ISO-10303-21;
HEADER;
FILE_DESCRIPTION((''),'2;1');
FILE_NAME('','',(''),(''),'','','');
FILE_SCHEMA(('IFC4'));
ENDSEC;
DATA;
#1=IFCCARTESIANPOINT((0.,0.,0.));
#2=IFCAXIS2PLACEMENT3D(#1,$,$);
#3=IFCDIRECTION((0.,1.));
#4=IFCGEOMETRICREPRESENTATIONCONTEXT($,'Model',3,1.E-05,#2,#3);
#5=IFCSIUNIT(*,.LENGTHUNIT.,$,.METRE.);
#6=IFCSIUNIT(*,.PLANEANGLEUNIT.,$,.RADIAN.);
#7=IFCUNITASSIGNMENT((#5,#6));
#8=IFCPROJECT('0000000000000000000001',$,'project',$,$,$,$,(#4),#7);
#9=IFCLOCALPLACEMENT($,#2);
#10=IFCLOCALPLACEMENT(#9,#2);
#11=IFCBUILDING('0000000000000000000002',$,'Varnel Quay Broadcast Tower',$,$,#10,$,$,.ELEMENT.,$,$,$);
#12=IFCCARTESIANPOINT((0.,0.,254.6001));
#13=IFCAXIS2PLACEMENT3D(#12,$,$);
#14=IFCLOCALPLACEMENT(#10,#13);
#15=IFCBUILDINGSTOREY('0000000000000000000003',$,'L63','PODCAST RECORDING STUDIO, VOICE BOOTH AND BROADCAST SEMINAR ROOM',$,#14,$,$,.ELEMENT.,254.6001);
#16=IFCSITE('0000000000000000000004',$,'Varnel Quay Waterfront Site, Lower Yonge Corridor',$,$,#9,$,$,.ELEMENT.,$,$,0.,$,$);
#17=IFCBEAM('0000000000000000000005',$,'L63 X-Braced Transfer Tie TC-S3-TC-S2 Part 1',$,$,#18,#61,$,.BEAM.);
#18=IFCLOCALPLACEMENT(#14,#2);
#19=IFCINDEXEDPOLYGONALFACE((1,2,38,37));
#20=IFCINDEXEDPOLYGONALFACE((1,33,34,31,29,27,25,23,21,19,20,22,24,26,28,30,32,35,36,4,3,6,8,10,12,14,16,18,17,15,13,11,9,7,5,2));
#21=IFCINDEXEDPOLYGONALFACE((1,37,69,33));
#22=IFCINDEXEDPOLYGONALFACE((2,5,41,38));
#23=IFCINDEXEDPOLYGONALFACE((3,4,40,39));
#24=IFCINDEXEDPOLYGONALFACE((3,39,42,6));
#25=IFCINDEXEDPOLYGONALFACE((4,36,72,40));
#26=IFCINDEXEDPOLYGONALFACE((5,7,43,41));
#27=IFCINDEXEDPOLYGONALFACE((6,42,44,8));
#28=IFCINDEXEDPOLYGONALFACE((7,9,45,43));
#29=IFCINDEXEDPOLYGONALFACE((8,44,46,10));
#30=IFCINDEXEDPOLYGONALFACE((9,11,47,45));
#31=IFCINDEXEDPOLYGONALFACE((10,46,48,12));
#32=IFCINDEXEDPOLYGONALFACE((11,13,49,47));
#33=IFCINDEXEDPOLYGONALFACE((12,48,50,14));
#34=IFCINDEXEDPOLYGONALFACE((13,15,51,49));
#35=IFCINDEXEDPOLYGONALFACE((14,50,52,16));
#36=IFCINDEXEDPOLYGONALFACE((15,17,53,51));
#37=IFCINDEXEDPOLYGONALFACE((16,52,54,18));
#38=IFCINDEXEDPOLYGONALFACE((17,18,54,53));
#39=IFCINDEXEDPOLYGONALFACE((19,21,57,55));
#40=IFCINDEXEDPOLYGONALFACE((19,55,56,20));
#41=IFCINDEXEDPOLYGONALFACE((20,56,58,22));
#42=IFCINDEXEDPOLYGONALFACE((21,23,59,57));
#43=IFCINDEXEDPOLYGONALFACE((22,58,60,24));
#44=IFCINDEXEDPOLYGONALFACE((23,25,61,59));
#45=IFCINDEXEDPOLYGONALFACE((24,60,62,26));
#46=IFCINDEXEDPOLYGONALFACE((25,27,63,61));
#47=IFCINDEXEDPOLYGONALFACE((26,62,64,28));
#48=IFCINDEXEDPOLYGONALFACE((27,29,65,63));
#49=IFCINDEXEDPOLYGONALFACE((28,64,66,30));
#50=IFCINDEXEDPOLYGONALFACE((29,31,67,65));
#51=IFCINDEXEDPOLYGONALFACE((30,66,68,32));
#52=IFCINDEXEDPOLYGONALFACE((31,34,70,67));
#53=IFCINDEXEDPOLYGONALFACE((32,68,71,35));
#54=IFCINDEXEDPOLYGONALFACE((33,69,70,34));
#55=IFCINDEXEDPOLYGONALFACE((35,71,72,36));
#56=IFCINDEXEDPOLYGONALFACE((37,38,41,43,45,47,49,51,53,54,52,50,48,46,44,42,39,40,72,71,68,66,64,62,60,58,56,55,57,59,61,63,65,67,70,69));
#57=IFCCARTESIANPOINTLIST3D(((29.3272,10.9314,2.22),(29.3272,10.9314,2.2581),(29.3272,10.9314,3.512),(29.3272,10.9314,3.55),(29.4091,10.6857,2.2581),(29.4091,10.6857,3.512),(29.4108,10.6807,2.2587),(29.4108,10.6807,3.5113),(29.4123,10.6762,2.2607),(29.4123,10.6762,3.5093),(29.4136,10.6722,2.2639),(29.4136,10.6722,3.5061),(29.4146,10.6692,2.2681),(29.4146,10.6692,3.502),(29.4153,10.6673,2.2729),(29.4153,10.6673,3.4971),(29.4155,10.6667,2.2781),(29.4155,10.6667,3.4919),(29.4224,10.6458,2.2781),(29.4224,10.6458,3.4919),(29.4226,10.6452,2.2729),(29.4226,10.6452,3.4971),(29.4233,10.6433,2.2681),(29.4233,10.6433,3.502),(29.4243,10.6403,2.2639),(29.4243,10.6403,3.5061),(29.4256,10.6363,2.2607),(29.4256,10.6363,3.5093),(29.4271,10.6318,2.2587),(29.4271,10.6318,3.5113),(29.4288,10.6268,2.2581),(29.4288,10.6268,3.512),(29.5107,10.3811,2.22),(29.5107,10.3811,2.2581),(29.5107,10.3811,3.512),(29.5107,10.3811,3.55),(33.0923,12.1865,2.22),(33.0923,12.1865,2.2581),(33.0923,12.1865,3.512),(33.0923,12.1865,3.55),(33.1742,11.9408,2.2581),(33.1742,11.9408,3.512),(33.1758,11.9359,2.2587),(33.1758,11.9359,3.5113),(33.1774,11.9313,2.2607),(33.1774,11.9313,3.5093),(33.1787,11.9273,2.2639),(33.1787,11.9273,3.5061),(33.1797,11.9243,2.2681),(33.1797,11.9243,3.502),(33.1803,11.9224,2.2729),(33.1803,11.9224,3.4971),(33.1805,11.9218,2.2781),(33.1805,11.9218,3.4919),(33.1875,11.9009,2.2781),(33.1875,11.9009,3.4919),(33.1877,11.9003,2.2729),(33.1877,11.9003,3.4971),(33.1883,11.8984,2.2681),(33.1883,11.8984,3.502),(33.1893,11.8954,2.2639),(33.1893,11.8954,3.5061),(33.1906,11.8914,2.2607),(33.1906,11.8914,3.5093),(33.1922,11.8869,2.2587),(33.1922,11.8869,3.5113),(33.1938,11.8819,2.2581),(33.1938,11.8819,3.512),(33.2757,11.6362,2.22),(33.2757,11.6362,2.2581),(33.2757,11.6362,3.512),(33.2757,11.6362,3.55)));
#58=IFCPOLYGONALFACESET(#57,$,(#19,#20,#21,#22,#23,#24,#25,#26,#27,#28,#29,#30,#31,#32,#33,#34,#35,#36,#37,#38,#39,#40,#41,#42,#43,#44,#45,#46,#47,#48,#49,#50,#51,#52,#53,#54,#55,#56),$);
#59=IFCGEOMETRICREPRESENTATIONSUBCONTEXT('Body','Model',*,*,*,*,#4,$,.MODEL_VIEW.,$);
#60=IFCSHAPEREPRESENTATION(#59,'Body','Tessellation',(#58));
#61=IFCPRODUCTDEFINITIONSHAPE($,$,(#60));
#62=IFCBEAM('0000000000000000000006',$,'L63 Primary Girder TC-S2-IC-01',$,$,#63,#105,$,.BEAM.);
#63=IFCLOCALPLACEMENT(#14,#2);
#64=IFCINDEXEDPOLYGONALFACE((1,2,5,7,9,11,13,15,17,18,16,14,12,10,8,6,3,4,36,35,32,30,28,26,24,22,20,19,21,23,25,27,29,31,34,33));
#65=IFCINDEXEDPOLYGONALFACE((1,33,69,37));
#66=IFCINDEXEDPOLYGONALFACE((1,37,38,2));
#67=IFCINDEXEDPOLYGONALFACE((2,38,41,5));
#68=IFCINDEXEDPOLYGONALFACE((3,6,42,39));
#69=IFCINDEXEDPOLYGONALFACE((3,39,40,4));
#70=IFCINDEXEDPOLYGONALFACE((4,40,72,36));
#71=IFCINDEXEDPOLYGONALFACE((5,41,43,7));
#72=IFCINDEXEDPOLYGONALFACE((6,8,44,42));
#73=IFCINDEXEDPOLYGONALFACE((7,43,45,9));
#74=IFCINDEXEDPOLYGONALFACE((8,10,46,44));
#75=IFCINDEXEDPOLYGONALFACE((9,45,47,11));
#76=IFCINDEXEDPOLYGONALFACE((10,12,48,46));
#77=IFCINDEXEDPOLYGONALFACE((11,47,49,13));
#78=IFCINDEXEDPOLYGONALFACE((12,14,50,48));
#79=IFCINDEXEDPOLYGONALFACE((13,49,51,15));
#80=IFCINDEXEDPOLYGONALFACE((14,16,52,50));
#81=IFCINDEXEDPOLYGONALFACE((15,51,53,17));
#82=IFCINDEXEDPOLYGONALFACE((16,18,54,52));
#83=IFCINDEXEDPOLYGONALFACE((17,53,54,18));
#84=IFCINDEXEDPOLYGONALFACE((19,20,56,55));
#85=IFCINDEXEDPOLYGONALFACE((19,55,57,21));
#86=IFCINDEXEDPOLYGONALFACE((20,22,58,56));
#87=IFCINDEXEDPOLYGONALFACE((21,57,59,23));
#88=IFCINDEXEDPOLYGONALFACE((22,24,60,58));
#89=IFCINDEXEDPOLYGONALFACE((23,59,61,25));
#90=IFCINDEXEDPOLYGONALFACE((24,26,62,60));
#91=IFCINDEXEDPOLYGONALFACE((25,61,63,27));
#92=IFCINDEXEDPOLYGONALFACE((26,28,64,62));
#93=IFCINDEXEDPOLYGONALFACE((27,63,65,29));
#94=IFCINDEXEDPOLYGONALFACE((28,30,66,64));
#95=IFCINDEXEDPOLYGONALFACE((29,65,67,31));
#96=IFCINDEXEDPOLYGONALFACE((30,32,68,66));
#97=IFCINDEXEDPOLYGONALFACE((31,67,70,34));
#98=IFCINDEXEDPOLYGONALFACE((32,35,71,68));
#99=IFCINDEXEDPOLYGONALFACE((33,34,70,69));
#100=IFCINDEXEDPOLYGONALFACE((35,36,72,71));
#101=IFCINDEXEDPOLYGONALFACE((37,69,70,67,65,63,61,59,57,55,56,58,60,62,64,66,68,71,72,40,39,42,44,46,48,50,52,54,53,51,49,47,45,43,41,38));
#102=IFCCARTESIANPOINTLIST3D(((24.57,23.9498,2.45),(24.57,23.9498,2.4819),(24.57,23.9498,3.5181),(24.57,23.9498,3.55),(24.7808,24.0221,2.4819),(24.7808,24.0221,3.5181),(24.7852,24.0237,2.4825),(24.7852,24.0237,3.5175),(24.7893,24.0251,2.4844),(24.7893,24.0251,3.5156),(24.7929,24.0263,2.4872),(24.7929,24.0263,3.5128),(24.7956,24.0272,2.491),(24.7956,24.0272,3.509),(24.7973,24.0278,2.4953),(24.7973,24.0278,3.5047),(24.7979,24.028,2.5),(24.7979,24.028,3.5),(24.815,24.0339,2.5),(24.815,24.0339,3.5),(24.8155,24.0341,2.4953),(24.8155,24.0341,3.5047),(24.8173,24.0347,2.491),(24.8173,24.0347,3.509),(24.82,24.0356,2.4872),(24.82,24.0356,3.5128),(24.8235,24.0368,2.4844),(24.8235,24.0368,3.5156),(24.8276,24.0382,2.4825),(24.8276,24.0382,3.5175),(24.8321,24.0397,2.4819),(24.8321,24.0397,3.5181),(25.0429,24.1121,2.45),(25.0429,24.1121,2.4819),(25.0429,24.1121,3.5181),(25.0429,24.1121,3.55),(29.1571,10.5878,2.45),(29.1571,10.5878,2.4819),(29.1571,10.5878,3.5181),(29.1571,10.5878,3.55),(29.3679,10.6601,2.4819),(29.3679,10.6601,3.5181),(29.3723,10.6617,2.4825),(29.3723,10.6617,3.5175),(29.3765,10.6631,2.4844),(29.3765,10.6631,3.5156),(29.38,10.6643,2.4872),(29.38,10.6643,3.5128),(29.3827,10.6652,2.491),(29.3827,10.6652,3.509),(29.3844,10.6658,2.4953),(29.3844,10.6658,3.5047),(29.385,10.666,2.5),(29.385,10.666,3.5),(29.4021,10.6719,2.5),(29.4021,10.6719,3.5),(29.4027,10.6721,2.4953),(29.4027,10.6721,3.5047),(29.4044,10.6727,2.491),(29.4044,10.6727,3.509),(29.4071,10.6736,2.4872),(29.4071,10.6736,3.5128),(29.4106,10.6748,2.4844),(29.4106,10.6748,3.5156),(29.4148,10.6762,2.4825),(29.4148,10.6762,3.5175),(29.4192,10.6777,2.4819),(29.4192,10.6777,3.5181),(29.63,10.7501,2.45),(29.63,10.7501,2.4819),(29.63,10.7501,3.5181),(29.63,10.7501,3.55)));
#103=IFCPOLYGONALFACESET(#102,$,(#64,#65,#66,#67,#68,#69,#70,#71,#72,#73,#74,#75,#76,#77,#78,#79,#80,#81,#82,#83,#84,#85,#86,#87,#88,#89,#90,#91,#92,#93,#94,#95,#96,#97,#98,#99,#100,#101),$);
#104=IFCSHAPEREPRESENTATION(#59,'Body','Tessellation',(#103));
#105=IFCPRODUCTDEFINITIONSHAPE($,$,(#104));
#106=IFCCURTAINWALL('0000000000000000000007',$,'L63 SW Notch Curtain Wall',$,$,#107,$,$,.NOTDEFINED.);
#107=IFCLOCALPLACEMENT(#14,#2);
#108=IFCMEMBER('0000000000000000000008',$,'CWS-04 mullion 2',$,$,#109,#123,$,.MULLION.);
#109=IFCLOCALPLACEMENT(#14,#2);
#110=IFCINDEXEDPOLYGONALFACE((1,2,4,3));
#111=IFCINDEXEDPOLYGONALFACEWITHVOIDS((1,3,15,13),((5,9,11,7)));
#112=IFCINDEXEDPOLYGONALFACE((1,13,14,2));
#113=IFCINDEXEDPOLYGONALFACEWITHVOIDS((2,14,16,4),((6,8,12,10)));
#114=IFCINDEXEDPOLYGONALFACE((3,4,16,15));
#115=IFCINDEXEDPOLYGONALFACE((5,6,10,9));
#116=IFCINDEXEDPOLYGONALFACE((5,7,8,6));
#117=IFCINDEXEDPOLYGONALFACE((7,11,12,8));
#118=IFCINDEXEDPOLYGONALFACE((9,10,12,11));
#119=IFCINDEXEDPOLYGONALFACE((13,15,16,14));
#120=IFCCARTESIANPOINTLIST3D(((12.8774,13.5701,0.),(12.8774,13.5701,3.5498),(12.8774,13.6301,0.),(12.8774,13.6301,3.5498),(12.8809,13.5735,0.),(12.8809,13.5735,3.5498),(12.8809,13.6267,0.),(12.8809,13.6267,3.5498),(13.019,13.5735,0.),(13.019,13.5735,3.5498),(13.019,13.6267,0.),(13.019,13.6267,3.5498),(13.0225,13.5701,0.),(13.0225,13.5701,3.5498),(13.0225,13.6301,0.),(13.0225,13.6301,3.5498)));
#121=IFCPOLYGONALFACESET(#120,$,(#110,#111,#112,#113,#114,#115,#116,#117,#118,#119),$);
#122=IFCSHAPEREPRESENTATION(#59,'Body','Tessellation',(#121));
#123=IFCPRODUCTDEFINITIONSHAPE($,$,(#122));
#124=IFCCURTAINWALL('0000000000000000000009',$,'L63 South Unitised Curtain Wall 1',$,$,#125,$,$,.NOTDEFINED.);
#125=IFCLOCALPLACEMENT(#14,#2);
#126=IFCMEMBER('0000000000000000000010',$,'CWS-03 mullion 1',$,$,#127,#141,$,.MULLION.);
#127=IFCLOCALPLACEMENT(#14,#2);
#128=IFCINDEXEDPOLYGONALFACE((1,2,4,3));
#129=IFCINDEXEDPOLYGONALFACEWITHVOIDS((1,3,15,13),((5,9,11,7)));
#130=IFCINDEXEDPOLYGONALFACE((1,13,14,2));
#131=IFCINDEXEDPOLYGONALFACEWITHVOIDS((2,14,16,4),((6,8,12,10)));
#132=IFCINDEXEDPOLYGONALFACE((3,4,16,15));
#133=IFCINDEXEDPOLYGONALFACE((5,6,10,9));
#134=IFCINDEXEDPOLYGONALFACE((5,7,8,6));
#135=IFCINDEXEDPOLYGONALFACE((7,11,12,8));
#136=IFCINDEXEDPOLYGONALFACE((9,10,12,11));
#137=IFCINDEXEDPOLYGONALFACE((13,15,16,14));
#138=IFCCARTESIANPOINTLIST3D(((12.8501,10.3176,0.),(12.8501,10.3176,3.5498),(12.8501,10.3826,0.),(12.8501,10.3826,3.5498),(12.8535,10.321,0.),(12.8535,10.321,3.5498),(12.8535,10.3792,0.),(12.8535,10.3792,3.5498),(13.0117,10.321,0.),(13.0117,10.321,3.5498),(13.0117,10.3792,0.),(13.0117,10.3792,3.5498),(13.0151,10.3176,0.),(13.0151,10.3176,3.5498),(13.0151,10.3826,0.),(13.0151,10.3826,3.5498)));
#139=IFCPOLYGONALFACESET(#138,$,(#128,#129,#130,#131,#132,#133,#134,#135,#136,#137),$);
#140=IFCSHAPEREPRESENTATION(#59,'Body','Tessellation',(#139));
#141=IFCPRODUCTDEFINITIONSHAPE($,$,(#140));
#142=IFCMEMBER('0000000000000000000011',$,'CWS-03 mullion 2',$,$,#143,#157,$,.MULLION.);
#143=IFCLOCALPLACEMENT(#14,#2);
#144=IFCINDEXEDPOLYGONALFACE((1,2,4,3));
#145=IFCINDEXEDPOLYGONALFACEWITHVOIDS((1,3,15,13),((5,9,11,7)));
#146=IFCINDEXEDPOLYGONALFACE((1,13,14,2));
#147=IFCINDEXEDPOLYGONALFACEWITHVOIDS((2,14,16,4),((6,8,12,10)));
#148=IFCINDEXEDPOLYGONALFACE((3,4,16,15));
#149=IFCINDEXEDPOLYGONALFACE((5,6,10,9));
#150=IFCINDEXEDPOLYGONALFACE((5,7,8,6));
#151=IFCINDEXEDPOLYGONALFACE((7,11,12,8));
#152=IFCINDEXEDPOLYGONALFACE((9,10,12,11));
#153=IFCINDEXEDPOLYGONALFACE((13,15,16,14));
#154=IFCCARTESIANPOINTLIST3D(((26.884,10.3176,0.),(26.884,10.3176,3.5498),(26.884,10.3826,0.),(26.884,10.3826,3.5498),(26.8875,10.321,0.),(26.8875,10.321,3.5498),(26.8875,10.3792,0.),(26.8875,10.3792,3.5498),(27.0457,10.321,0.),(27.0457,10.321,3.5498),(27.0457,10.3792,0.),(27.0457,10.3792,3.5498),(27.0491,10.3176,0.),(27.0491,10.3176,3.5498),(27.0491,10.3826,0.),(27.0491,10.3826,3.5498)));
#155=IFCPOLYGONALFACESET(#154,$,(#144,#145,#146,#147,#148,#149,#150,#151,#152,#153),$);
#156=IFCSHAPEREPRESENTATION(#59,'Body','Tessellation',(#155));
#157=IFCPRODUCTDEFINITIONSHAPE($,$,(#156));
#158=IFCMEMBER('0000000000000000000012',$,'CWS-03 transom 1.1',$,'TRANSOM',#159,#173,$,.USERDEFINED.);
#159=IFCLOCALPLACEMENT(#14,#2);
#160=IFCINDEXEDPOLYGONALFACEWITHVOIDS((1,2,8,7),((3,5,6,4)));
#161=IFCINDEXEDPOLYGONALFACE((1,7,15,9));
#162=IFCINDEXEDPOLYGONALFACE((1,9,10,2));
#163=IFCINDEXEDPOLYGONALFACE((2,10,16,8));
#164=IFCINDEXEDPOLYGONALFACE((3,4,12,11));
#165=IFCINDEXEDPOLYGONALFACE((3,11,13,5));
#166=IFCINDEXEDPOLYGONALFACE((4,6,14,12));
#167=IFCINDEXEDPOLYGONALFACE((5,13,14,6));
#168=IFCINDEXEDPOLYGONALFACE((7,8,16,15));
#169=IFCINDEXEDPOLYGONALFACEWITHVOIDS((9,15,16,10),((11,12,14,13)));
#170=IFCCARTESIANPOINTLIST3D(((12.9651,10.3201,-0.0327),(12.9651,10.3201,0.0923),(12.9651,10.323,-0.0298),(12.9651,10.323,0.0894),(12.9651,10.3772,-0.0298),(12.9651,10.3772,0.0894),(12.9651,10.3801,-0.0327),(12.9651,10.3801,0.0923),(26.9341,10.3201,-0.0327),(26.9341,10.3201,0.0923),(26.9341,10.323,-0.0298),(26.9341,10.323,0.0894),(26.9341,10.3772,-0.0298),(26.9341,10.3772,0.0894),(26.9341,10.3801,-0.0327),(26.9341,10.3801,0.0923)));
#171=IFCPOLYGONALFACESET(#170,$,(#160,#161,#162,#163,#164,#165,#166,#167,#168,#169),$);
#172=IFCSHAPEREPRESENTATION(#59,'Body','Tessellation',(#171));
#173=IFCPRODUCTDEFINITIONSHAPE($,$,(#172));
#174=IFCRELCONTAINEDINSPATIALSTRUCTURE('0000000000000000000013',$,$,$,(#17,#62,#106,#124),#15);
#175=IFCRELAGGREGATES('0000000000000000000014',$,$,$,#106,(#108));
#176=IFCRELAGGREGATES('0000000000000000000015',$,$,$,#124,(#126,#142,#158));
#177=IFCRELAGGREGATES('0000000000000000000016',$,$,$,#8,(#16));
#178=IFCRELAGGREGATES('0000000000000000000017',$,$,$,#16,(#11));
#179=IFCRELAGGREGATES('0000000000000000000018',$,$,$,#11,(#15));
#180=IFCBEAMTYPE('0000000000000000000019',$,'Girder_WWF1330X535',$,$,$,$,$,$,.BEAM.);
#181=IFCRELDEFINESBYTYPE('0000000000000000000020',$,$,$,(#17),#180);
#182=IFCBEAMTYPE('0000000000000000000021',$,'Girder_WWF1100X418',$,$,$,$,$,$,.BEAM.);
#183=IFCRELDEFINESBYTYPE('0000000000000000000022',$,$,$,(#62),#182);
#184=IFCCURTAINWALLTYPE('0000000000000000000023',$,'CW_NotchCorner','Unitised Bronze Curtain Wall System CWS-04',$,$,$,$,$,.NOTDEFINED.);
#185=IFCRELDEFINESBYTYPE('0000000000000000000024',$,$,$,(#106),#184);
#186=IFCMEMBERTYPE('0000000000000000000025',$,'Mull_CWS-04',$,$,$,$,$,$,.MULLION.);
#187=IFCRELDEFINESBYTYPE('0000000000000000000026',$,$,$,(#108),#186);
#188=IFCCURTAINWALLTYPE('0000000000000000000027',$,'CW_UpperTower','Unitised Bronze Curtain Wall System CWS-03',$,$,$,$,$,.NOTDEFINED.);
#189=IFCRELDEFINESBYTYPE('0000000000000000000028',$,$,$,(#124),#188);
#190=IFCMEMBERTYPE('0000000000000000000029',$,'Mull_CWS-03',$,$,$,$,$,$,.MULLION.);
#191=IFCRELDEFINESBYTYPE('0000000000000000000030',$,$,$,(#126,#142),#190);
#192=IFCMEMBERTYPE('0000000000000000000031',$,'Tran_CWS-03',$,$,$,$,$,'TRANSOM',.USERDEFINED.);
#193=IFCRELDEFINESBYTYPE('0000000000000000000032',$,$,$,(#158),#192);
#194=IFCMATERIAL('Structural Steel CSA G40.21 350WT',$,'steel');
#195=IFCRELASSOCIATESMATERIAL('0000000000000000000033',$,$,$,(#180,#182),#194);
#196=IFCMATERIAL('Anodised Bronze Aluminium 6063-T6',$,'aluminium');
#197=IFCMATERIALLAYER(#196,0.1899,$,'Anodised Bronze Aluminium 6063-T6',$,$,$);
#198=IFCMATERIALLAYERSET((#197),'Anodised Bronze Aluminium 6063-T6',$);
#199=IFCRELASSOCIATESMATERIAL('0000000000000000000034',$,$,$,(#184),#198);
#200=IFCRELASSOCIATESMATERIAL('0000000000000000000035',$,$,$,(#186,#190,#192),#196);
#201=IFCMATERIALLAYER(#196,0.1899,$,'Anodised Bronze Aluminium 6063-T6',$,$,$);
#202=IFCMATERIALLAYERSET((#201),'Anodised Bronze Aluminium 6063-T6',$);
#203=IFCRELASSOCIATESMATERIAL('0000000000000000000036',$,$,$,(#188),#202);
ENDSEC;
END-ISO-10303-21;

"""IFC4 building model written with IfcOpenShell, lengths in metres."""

from ifc_helpers import new_model, si_unit, direction, frame, origin, origin_2d, place, context, subcontext, project, spatial, hollow_rectangle, i_section, extrude, source, transform, mapped, material, layer, layer_set, material_profile, profile_set, type_object, type_shapes, element, aggregate, save


model = new_model("IFC4")

# Units and contexts
model_context = context("Model", 3, precision=1e-05, world=origin(), true_north=direction((0.0, 1.0)))
body_context = subcontext(model_context, "Body", "Model", "MODEL_VIEW")
ifc_project = project(units=[si_unit("LENGTHUNIT", "METRE"), si_unit("PLANEANGLEUNIT", "RADIAN")], contexts=[model_context])

# Site, building, storey
site_placement = place(None, origin())
site = spatial("IfcSite", under=ifc_project, at=site_placement, Name="Varnel Quay Waterfront Site, Lower Yonge Corridor", CompositionType="ELEMENT", RefElevation=0.0)
building_placement = place(site_placement, origin())
building = spatial("IfcBuilding", under=site, at=building_placement, Name="Varnel Quay Broadcast Tower", CompositionType="ELEMENT")
storey_placement = place(building_placement, frame((0.0, 0.0, 254.6001)))
storey = spatial("IfcBuildingStorey", under=building, at=storey_placement, Name="L63", Description="PODCAST RECORDING STUDIO, VOICE BOOTH AND BROADCAST SEMINAR ROOM", CompositionType="ELEMENT", Elevation=254.6001)

# Shared definitions
ifc_material_1 = material(Name="Structural Steel CSA G40.21 350WT", Category="steel")

# Beams
ifc_material_profile_1 = material_profile(ifc_material_1, i_section(OverallWidth=0.5801, OverallDepth=1.3301, WebThickness=0.022, FlangeThickness=0.0381, FilletRadius=0.02, at=origin_2d()), Name="WWF1330X535")
ifc_profile_set_1 = profile_set([ifc_material_profile_1], Name="Structural Steel CSA G40.21 350WT")
beam_type_1 = type_object("IfcBeamType", Name="Girder_WWF1330X535", PredefinedType="BEAM", material=ifc_profile_set_1)
shared_shape_1 = source(origin(), body_context, "Body", "SweptSolid", [
    extrude(i_section(OverallWidth=0.5801, OverallDepth=1.3301, WebThickness=0.022, FlangeThickness=0.0381, FilletRadius=0.02, at=origin_2d()), origin(), (0.0, 0.0, 1.0), 3.9688),
])
beam_1_placement = place(storey_placement, frame((29.4189, 10.6562, 2.885), z_axis=(0.948677, 0.316246, 0.0), x_axis=(-0.316246, 0.948677, 0.0)))
element("IfcBeam", 1, at=beam_1_placement, inside=storey, type_object=beam_type_1, Name="L63 X-Braced Transfer Tie TC-S3-TC-S2 Part 1", PredefinedType="BEAM", context=body_context, shape_type="MappedRepresentation", body=[
    mapped(shared_shape_1, transform((0.0, 0.0, 0.0), x_axis=(1.0, 0.0, 0.0), y_axis=(0.0, 1.0, 0.0), z_axis=(0.0, 0.0, 1.0), scale=1.0)),
])
ifc_material_profile_2 = material_profile(ifc_material_1, i_section(OverallWidth=0.5, OverallDepth=1.1001, WebThickness=0.0181, FlangeThickness=0.032, FilletRadius=0.0181, at=origin_2d()), Name="WWF1100X418")
ifc_profile_set_2 = profile_set([ifc_material_profile_2], Name="Structural Steel CSA G40.21 350WT")
beam_type_2 = type_object("IfcBeamType", Name="Girder_WWF1100X418", PredefinedType="BEAM", material=ifc_profile_set_2)
shared_shape_2 = source(origin(), body_context, "Body", "SweptSolid", [
    extrude(i_section(OverallWidth=0.5, OverallDepth=1.1001, WebThickness=0.0181, FlangeThickness=0.032, FilletRadius=0.0181, at=origin_2d()), origin(), (0.0, 0.0, 1.0), 14.1274),
])
type_shapes(beam_type_2, [shared_shape_2])
beam_2_placement = place(storey_placement, frame((29.3936, 10.6689, 3.0), z_axis=(-0.324697, 0.945818, 0.0), x_axis=(-0.945818, -0.324697, 0.0)))
element("IfcBeam", 2, at=beam_2_placement, inside=storey, type_object=beam_type_2, Name="L63 Primary Girder TC-S2-IC-01", PredefinedType="BEAM", context=body_context, shape_type="MappedRepresentation", body=[
    mapped(shared_shape_2, transform((0.0, 0.0, 0.0), x_axis=(1.0, 0.0, 0.0), y_axis=(0.0, 1.0, 0.0), z_axis=(0.0, 0.0, 1.0), scale=1.0)),
])

# Curtain wall, member
ifc_material_2 = material(Name="Anodised Bronze Aluminium 6063-T6", Category="aluminium")
ifc_layer_1 = layer(ifc_material_2, 0.1899, Name="Anodised Bronze Aluminium 6063-T6")
ifc_layer_set_1 = layer_set([ifc_layer_1], Name="Anodised Bronze Aluminium 6063-T6")
curtain_wall_type_1 = type_object("IfcCurtainWallType", Name="CW_NotchCorner", Description="Unitised Bronze Curtain Wall System CWS-04", PredefinedType="NOTDEFINED", material=ifc_layer_set_1)
curtain_wall_1_placement = place(storey_placement, origin())
curtain_wall_1 = element("IfcCurtainWall", 3, at=curtain_wall_1_placement, inside=storey, type_object=curtain_wall_type_1, Name="L63 SW Notch Curtain Wall", PredefinedType="NOTDEFINED")
ifc_material_profile_3 = material_profile(ifc_material_2, hollow_rectangle(XDim=0.0601, YDim=0.145, WallThickness=0.0034, at=origin_2d()), Name="ALU60X145X3.5")
ifc_profile_set_3 = profile_set([ifc_material_profile_3], Name="Anodised Bronze Aluminium 6063-T6")
member_type_1 = type_object("IfcMemberType", Name="Mull_CWS-04", PredefinedType="MULLION", material=ifc_profile_set_3)
shared_shape_3 = source(origin(), body_context, "Body", "SweptSolid", [
    extrude(hollow_rectangle(XDim=0.0601, YDim=0.145, WallThickness=0.0034, at=origin_2d()), origin(), (0.0, 0.0, 1.0), 3.5498),
])
type_shapes(member_type_1, [shared_shape_3])
member_1_placement = place(storey_placement, frame((12.95, 13.6001, 0.0), z_axis=(0.0, 0.0, 1.0), x_axis=(0.0, 1.0, 0.0)))
member_1 = element("IfcMember", 4, at=member_1_placement, type_object=member_type_1, Name="CWS-04 mullion 2", PredefinedType="MULLION", context=body_context, shape_type="MappedRepresentation", body=[
    mapped(shared_shape_3, transform((0.0, 0.0, 0.0), x_axis=(1.0, 0.0, 0.0), y_axis=(0.0, 1.0, 0.0), z_axis=(0.0, 0.0, 1.0), scale=1.0)),
])
aggregate(curtain_wall_1, [member_1])

# Curtain wall, members
ifc_layer_2 = layer(ifc_material_2, 0.1899, Name="Anodised Bronze Aluminium 6063-T6")
ifc_layer_set_2 = layer_set([ifc_layer_2], Name="Anodised Bronze Aluminium 6063-T6")
curtain_wall_type_2 = type_object("IfcCurtainWallType", Name="CW_UpperTower", Description="Unitised Bronze Curtain Wall System CWS-03", PredefinedType="NOTDEFINED", material=ifc_layer_set_2)
curtain_wall_2_placement = place(storey_placement, origin())
curtain_wall_2 = element("IfcCurtainWall", 5, at=curtain_wall_2_placement, inside=storey, type_object=curtain_wall_type_2, Name="L63 South Unitised Curtain Wall 1", PredefinedType="NOTDEFINED")
ifc_material_profile_4 = material_profile(ifc_material_2, hollow_rectangle(XDim=0.0649, YDim=0.165, WallThickness=0.0034, at=origin_2d()), Name="ALU65X165X3.5")
ifc_profile_set_4 = profile_set([ifc_material_profile_4], Name="Anodised Bronze Aluminium 6063-T6")
member_type_2 = type_object("IfcMemberType", Name="Mull_CWS-03", PredefinedType="MULLION", material=ifc_profile_set_4)
shared_shape_4 = source(origin(), body_context, "Body", "SweptSolid", [
    extrude(hollow_rectangle(XDim=0.0649, YDim=0.165, WallThickness=0.0034, at=origin_2d()), origin(), (0.0, 0.0, 1.0), 3.5498),
])
type_shapes(member_type_2, [shared_shape_4])
member_2_placement = place(storey_placement, frame((12.9326, 10.3501, 0.0), z_axis=(0.0, 0.0, 1.0), x_axis=(0.0, 1.0, 0.0)))
member_2 = element("IfcMember", 6, at=member_2_placement, type_object=member_type_2, Name="CWS-03 mullion 1", PredefinedType="MULLION", context=body_context, shape_type="MappedRepresentation", body=[
    mapped(shared_shape_4, transform((0.0, 0.0, 0.0), x_axis=(1.0, 0.0, 0.0), y_axis=(0.0, 1.0, 0.0), z_axis=(0.0, 0.0, 1.0), scale=1.0)),
])
member_3_placement = place(storey_placement, frame((26.9666, 10.3501, 0.0), z_axis=(0.0, 0.0, 1.0), x_axis=(0.0, 1.0, 0.0)))
member_3 = element("IfcMember", 7, at=member_3_placement, type_object=member_type_2, Name="CWS-03 mullion 2", PredefinedType="MULLION", context=body_context, shape_type="MappedRepresentation", body=[
    mapped(shared_shape_4, transform((0.0, 0.0, 0.0), x_axis=(1.0, 0.0, 0.0), y_axis=(0.0, 1.0, 0.0), z_axis=(0.0, 0.0, 1.0), scale=1.0)),
])
ifc_material_profile_5 = material_profile(ifc_material_2, hollow_rectangle(XDim=0.0601, YDim=0.125, WallThickness=0.0029, at=origin_2d()), Name="ALU60X125X3")
ifc_profile_set_5 = profile_set([ifc_material_profile_5], Name="Anodised Bronze Aluminium 6063-T6")
member_type_3 = type_object("IfcMemberType", Name="Tran_CWS-03", ElementType="TRANSOM", PredefinedType="USERDEFINED", material=ifc_profile_set_5)
shared_shape_5 = source(origin(), body_context, "Body", "SweptSolid", [
    extrude(hollow_rectangle(XDim=0.0601, YDim=0.125, WallThickness=0.0029, at=origin_2d()), origin(), (0.0, 0.0, 1.0), 13.969),
])
member_4_placement = place(storey_placement, frame((12.9651, 10.3501, 0.0298), z_axis=(1.0, 0.0, 0.0), x_axis=(0.0, 1.0, 0.0)))
member_4 = element("IfcMember", 8, at=member_4_placement, type_object=member_type_3, Name="CWS-03 transom 1.1", ObjectType="TRANSOM", PredefinedType="USERDEFINED", context=body_context, shape_type="MappedRepresentation", body=[
    mapped(shared_shape_5, transform((0.0, 0.0, 0.0), x_axis=(1.0, 0.0, 0.0), y_axis=(0.0, 1.0, 0.0), z_axis=(0.0, 0.0, 1.0), scale=1.0)),
])
aggregate(curtain_wall_2, [member_2, member_3, member_4])

save(model, "model.ifc")
